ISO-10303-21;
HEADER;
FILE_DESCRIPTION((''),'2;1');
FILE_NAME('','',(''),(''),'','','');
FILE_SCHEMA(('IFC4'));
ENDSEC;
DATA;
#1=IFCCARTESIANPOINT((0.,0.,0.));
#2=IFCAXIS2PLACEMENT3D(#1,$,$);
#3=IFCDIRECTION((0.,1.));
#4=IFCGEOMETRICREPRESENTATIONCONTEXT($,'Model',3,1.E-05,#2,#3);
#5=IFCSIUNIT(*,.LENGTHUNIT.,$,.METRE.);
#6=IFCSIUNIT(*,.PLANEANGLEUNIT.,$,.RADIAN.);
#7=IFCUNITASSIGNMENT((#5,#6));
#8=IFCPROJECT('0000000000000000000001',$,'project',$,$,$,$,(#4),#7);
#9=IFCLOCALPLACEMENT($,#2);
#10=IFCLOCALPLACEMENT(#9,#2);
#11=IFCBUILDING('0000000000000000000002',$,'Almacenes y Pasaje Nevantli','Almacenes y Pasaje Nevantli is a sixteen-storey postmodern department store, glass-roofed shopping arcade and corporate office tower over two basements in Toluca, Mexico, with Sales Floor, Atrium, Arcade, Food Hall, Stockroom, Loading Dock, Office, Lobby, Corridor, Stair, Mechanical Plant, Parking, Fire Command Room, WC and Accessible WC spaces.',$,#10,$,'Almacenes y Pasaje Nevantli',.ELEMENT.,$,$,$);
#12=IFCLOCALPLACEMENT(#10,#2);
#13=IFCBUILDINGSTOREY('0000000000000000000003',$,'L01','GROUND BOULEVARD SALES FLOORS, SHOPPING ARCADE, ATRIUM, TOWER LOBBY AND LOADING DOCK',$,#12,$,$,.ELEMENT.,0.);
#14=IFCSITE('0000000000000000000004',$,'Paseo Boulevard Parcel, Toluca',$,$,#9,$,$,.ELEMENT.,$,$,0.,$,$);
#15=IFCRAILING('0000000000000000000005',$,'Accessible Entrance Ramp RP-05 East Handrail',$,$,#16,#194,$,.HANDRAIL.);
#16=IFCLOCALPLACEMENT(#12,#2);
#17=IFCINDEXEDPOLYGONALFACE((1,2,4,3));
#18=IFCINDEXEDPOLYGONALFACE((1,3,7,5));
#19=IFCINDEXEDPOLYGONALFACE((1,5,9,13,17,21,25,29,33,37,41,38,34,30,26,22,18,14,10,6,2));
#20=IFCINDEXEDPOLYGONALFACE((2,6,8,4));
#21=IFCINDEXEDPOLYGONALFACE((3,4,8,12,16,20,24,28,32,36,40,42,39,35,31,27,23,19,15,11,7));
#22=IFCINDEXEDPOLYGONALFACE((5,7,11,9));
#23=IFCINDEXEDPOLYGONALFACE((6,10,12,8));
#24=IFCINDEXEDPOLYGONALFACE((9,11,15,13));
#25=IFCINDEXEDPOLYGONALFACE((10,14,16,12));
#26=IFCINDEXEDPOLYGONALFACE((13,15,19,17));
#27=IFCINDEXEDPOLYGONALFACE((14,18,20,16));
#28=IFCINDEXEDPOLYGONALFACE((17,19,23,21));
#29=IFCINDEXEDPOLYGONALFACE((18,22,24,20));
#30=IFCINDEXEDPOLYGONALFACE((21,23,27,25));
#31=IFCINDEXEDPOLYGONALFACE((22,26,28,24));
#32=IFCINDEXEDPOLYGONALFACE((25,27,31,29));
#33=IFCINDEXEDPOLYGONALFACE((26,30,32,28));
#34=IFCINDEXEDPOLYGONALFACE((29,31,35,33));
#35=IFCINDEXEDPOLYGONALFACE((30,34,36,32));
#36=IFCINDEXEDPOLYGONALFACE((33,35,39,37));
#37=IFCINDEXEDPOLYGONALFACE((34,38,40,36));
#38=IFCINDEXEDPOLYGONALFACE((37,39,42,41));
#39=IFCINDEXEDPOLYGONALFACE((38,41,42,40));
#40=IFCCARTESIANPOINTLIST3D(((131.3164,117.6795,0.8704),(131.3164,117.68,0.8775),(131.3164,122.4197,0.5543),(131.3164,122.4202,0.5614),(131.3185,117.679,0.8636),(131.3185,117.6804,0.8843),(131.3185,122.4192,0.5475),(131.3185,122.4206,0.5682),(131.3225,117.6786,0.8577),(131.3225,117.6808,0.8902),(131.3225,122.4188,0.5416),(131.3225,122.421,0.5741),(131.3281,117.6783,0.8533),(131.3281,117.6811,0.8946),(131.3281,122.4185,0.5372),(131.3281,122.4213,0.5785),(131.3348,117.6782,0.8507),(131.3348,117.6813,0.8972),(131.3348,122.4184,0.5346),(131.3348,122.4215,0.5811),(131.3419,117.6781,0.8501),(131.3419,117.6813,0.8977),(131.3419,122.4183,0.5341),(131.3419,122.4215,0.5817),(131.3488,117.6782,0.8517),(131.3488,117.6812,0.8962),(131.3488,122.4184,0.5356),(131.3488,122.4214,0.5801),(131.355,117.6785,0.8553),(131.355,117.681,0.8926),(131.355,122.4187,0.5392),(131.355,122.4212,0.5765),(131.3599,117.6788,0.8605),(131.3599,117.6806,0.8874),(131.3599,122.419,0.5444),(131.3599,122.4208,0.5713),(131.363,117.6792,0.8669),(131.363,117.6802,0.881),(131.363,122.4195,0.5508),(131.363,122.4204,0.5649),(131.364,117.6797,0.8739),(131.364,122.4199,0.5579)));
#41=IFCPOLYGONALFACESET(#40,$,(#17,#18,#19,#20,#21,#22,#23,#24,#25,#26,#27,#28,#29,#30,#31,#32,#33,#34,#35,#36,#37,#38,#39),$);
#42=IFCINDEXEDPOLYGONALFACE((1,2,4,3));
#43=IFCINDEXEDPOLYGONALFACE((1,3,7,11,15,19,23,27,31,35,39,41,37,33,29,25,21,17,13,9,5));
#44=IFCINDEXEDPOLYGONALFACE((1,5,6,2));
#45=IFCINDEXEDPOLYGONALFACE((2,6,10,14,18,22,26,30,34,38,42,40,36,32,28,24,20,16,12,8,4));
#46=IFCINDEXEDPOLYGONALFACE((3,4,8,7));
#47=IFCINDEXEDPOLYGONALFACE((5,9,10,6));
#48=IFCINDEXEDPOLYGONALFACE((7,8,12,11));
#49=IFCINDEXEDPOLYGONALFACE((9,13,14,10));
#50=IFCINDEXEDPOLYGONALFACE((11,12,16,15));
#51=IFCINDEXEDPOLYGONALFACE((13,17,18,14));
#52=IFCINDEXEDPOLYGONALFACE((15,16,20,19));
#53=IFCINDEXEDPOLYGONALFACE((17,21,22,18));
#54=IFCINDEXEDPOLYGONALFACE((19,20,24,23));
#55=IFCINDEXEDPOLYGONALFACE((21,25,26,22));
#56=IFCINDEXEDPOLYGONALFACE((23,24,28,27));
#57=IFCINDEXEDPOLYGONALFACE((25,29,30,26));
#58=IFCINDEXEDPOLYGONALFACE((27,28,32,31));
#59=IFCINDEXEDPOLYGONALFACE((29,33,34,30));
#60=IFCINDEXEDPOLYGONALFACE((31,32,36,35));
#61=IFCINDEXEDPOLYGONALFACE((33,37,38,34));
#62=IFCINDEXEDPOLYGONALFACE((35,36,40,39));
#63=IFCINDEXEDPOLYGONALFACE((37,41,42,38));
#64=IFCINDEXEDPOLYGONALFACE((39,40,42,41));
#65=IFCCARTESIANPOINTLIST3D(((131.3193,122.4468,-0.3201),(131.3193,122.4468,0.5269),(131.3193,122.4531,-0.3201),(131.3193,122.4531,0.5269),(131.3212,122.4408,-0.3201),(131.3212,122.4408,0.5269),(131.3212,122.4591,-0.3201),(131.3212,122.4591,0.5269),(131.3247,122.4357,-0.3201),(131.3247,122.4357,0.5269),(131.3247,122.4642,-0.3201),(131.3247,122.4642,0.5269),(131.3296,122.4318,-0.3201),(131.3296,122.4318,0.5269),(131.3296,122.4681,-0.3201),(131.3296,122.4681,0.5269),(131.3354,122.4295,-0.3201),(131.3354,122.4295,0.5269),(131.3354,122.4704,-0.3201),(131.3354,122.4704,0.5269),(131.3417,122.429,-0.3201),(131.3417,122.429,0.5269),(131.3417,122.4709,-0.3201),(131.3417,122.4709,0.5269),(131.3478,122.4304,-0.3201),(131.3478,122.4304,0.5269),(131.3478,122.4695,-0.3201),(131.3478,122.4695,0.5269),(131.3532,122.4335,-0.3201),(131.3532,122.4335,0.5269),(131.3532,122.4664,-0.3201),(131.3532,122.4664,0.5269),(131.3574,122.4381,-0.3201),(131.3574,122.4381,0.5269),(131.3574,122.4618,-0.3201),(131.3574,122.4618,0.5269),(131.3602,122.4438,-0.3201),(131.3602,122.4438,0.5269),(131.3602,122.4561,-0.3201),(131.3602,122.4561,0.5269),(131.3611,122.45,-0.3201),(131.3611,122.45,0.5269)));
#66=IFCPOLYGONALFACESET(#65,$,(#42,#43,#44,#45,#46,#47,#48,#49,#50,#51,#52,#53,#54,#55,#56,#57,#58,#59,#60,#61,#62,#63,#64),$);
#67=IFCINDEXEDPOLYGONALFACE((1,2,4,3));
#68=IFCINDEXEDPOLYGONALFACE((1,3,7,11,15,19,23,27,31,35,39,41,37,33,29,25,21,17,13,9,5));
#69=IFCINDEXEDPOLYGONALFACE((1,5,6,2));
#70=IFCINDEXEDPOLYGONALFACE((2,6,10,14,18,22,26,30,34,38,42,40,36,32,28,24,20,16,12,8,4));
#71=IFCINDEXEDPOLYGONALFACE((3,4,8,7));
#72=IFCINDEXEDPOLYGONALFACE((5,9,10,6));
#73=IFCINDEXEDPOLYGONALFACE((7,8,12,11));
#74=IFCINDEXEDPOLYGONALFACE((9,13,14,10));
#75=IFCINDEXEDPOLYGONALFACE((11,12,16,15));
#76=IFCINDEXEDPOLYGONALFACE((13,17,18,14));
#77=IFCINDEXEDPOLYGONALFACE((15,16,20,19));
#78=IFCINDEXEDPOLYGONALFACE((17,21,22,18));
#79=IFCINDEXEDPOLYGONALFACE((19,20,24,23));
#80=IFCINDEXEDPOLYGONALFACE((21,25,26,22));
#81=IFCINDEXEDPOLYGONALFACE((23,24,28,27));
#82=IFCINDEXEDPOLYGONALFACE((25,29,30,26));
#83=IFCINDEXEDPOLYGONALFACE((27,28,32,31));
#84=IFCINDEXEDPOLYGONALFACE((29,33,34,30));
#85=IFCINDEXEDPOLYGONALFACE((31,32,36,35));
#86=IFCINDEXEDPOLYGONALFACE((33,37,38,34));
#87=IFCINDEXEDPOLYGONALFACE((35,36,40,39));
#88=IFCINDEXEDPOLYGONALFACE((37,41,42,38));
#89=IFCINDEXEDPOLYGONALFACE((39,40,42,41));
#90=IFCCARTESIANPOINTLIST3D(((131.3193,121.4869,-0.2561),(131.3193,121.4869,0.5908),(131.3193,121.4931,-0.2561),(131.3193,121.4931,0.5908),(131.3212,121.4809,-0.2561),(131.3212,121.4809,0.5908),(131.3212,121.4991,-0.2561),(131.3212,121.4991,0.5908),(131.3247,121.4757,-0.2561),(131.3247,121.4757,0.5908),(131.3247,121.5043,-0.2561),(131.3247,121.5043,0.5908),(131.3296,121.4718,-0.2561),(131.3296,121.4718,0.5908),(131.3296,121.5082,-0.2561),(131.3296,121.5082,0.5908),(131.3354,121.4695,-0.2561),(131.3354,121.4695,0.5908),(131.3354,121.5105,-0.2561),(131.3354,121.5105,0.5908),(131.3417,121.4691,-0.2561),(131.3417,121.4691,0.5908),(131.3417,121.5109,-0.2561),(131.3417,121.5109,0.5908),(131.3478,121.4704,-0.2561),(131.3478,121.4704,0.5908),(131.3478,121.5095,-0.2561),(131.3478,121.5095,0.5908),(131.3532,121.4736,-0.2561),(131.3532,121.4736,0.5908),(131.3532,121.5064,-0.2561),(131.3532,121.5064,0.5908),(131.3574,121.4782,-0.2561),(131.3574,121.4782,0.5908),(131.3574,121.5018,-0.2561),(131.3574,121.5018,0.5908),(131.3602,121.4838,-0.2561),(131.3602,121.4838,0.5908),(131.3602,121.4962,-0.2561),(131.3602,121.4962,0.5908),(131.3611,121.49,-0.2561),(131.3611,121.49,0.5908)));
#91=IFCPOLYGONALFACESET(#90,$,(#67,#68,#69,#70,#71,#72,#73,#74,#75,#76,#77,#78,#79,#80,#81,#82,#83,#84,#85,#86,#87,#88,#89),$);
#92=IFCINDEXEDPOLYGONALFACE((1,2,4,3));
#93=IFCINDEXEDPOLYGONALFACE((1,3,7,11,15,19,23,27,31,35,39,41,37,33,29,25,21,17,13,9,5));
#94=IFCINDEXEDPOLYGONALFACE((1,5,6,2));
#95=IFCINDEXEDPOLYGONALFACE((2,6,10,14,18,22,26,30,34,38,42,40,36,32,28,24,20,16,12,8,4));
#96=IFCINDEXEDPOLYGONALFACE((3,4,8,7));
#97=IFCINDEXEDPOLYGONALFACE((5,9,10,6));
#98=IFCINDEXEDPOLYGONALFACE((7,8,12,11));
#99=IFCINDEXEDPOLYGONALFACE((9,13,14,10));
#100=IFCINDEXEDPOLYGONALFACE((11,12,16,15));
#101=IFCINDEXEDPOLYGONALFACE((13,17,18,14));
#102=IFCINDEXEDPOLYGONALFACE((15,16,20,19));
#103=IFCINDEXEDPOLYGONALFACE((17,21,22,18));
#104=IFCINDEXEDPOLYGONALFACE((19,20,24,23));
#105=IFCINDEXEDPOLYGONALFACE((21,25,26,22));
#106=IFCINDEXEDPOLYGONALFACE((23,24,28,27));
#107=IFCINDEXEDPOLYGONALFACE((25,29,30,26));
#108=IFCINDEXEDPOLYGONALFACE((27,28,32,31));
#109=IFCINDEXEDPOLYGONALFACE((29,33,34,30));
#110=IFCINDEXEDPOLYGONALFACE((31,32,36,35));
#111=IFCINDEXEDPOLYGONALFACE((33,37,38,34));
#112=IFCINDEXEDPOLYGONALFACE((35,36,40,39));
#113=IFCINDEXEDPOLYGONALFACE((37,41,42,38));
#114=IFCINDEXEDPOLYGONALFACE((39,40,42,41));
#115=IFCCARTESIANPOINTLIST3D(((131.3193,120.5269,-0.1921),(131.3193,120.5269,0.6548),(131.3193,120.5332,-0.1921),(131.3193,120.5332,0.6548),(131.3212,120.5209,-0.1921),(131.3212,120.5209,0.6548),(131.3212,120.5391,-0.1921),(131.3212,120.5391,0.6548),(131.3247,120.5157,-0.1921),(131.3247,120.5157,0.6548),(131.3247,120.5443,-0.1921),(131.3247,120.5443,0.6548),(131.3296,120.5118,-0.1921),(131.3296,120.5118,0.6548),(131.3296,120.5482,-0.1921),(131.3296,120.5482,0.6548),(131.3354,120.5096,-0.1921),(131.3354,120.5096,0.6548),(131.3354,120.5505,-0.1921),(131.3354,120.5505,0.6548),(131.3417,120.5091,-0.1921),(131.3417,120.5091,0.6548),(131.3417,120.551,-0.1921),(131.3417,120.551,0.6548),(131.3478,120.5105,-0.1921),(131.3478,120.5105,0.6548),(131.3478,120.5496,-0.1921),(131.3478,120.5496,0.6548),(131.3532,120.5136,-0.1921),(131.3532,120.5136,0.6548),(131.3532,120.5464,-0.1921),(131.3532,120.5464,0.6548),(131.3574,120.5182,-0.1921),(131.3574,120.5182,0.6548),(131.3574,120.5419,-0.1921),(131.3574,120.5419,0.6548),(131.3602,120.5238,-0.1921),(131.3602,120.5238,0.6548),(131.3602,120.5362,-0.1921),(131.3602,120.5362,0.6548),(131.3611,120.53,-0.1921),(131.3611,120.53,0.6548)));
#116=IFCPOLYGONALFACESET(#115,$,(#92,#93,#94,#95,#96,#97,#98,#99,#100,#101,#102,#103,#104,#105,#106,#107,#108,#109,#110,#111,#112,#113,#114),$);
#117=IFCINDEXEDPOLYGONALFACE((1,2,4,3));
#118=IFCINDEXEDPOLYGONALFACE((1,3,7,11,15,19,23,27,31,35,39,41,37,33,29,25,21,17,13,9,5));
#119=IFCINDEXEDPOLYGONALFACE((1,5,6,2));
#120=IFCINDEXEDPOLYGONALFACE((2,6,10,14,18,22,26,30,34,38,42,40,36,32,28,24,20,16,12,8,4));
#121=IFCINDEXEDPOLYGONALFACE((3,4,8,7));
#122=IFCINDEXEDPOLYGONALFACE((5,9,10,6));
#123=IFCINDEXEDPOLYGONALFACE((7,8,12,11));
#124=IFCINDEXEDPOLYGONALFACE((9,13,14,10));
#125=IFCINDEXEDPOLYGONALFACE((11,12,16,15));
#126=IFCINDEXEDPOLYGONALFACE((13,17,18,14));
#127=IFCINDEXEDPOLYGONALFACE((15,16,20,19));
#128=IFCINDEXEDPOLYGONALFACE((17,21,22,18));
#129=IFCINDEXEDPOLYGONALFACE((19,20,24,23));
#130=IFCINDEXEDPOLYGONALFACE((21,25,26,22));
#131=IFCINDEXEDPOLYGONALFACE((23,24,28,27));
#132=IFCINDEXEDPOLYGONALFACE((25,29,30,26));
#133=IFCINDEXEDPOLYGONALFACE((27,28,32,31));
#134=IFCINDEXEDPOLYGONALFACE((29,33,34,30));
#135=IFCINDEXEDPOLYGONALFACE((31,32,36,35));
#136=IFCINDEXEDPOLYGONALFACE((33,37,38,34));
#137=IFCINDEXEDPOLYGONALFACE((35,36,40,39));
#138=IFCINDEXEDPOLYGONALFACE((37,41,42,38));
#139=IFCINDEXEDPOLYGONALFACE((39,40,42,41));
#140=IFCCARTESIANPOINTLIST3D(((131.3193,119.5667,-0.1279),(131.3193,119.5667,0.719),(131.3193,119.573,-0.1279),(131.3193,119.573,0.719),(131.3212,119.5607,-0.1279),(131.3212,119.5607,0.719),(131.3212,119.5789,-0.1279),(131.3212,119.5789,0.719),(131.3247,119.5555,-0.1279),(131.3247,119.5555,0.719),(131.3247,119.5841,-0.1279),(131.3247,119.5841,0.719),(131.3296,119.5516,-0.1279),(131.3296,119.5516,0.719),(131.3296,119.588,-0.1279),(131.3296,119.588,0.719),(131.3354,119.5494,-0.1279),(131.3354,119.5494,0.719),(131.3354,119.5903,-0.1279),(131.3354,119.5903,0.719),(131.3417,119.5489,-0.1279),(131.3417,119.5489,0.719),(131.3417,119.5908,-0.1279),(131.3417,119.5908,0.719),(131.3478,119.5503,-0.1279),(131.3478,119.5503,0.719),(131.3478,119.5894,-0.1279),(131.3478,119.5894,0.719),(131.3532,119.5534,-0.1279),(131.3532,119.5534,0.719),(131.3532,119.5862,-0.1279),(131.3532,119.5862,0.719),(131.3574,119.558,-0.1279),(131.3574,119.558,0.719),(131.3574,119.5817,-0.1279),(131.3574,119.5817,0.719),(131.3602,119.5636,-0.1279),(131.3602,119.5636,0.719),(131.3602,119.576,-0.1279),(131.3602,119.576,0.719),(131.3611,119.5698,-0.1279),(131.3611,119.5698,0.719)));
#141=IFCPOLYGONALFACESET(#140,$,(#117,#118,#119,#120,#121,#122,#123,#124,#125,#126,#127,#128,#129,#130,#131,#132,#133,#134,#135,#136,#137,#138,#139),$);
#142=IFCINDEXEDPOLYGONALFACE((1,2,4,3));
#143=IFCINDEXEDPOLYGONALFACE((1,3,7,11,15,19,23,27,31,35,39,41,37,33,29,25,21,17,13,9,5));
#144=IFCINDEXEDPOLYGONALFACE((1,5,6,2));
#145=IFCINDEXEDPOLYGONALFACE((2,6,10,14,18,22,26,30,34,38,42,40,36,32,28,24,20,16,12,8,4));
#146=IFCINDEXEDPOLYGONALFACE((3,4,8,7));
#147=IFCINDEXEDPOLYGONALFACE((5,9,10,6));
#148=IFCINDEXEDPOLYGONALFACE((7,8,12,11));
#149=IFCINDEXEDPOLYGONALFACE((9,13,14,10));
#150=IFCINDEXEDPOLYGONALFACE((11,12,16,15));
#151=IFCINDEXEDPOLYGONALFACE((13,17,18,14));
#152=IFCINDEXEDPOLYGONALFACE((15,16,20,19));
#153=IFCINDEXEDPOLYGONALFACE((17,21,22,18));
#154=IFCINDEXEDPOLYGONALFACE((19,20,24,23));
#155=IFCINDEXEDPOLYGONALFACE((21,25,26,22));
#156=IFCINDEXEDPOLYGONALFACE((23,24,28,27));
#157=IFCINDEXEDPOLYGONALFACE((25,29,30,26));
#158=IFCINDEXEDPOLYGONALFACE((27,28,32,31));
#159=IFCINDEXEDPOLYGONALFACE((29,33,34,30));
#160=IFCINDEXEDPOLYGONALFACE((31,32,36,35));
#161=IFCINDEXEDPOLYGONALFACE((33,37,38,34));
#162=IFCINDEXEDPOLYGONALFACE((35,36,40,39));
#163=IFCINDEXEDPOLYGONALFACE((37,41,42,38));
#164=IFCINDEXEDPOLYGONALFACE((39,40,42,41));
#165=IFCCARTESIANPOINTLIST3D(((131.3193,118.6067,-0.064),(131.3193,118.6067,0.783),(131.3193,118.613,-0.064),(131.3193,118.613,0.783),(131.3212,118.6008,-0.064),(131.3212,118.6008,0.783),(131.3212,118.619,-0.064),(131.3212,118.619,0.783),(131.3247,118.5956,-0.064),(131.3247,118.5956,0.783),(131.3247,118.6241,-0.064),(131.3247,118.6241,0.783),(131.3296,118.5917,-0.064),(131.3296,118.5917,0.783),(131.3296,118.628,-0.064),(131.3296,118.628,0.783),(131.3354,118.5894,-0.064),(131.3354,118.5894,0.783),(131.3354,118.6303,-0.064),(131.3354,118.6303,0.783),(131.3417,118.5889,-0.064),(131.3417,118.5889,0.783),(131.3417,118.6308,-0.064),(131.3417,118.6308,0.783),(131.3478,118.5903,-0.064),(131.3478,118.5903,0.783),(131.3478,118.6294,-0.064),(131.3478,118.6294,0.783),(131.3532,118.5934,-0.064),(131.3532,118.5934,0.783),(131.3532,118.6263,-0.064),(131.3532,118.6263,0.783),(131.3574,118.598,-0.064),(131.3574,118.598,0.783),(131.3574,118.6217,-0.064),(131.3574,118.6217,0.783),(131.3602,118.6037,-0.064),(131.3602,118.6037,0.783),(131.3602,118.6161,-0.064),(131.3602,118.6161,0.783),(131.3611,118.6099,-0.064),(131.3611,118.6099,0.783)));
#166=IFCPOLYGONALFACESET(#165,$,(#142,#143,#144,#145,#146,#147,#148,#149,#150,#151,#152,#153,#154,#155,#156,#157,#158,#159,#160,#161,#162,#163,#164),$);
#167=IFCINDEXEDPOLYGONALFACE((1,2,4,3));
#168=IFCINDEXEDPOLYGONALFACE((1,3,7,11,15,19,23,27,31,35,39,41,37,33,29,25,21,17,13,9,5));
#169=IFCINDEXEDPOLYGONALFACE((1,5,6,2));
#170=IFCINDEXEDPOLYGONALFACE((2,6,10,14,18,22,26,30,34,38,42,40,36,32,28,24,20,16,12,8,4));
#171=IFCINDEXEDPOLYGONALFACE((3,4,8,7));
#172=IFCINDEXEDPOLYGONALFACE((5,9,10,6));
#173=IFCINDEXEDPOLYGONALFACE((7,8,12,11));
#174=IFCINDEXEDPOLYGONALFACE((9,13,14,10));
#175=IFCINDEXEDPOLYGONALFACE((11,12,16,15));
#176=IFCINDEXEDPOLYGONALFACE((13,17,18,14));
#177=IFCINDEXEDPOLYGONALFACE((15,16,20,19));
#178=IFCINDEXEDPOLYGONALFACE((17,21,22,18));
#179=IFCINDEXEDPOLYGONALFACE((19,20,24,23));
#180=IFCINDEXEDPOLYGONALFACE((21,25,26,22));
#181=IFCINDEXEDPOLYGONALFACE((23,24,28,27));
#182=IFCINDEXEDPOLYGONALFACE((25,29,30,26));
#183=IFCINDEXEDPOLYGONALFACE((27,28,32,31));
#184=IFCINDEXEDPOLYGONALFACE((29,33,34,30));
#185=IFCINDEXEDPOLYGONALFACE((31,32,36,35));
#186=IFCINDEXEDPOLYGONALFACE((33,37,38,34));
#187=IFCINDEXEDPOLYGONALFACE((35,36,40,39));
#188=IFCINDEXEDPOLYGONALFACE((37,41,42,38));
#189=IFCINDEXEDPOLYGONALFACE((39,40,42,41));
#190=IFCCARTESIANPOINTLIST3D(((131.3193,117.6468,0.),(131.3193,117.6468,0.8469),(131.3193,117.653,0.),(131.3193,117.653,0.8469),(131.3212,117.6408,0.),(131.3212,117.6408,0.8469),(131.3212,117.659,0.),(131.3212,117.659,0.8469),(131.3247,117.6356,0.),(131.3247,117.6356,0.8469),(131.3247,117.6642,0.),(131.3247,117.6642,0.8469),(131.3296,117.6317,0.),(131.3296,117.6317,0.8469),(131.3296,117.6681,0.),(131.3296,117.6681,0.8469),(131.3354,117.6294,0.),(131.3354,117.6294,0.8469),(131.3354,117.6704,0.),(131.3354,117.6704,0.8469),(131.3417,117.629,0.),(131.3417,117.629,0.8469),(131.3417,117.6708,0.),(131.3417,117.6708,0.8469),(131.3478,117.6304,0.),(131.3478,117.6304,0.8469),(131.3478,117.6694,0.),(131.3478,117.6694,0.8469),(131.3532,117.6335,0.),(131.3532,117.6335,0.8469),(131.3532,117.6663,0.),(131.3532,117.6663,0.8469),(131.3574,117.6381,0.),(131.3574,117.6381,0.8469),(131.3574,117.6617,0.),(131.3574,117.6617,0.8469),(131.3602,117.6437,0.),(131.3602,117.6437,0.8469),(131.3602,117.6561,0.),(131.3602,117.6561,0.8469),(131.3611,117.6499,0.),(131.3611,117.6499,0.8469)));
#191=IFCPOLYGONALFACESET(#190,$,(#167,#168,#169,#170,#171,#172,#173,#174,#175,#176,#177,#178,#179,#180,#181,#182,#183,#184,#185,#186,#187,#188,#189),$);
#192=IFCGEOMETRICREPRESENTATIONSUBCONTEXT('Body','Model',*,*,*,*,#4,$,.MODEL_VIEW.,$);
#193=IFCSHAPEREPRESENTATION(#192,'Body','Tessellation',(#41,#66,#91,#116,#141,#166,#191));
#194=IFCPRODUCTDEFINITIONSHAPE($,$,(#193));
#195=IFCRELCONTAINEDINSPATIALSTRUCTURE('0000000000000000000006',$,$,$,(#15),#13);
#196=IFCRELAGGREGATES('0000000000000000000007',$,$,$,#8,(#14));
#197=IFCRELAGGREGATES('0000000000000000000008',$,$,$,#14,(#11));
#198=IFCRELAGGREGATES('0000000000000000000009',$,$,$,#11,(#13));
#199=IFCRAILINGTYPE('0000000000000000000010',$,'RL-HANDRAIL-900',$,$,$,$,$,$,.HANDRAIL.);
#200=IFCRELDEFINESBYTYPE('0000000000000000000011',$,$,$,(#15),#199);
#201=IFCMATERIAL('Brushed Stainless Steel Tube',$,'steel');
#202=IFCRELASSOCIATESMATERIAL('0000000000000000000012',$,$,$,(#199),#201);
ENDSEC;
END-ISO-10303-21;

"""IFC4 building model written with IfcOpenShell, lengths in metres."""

from ifc_helpers import new_model, si_unit, direction, frame, origin, origin_2d, place, context, subcontext, project, spatial, circle, extrude, material, type_object, element, save


model = new_model("IFC4")

# Units and contexts
model_context = context("Model", 3, precision=1e-05, world=origin(), true_north=direction((0.0, 1.0)))
body_context = subcontext(model_context, "Body", "Model", "MODEL_VIEW")
ifc_project = project(units=[si_unit("LENGTHUNIT", "METRE"), si_unit("PLANEANGLEUNIT", "RADIAN")], contexts=[model_context])

# Site, building, storey
site_placement = place(None, origin())
site = spatial("IfcSite", under=ifc_project, at=site_placement, Name="Paseo Boulevard Parcel, Toluca", CompositionType="ELEMENT", RefElevation=0.0)
building_placement = place(site_placement, origin())
building = spatial("IfcBuilding", under=site, at=building_placement, Name="Almacenes y Pasaje Nevantli", Description="Almacenes y Pasaje Nevantli is a sixteen-storey postmodern department store, glass-roofed shopping arcade and corporate office tower over two basements in Toluca, Mexico, with Sales Floor, Atrium, Arcade, Food Hall, Stockroom, Loading Dock, Office, Lobby, Corridor, Stair, Mechanical Plant, Parking, Fire Command Room, WC and Accessible WC spaces.", LongName="Almacenes y Pasaje Nevantli", CompositionType="ELEMENT")
storey_placement = place(building_placement, origin())
storey = spatial("IfcBuildingStorey", under=building, at=storey_placement, Name="L01", Description="GROUND BOULEVARD SALES FLOORS, SHOPPING ARCADE, ATRIUM, TOWER LOBBY AND LOADING DOCK", CompositionType="ELEMENT", Elevation=0.0)

# Railing
ifc_material_1 = material(Name="Brushed Stainless Steel Tube", Category="steel")
railing_type = type_object("IfcRailingType", Name="RL-HANDRAIL-900", PredefinedType="HANDRAIL", material=ifc_material_1)
for number, where, name in (
    (1, (131.3401, 122.45, -0.3201), "Accessible Entrance Ramp RP-05 East Handrail"),
):
    element("IfcRailing", number, at=place(storey_placement, frame(where)), inside=storey, type_object=railing_type, Name=name, PredefinedType="HANDRAIL", context=body_context, shape_type="SweptSolid", body=[
        extrude(circle(Radius=0.0239, at=origin_2d()), frame((0.0, -0.03, 0.8779), z_axis=(0.0, -0.997784, 0.066532), x_axis=(1.0, 0.0, 0.0)), (0.0, 0.0, 1.0), 4.7507),
        extrude(circle(Radius=0.021, at=origin_2d()), origin(), (0.0, 0.0, 1.0), 0.8469),
        extrude(circle(Radius=0.021, at=origin_2d()), frame((0.0, -0.96, 0.064)), (0.0, 0.0, 1.0), 0.8469),
        extrude(circle(Radius=0.021, at=origin_2d()), frame((0.0, -1.9199, 0.1279)), (0.0, 0.0, 1.0), 0.8469),
        extrude(circle(Radius=0.021, at=origin_2d()), frame((0.0, -2.8801, 0.1921)), (0.0, 0.0, 1.0), 0.8469),
        extrude(circle(Radius=0.021, at=origin_2d()), frame((0.0, -3.8401, 0.2561)), (0.0, 0.0, 1.0), 0.8469),
        extrude(circle(Radius=0.021, at=origin_2d()), frame((0.0, -4.8, 0.3201)), (0.0, 0.0, 1.0), 0.8469),
    ])

save(model, "model.ifc")
